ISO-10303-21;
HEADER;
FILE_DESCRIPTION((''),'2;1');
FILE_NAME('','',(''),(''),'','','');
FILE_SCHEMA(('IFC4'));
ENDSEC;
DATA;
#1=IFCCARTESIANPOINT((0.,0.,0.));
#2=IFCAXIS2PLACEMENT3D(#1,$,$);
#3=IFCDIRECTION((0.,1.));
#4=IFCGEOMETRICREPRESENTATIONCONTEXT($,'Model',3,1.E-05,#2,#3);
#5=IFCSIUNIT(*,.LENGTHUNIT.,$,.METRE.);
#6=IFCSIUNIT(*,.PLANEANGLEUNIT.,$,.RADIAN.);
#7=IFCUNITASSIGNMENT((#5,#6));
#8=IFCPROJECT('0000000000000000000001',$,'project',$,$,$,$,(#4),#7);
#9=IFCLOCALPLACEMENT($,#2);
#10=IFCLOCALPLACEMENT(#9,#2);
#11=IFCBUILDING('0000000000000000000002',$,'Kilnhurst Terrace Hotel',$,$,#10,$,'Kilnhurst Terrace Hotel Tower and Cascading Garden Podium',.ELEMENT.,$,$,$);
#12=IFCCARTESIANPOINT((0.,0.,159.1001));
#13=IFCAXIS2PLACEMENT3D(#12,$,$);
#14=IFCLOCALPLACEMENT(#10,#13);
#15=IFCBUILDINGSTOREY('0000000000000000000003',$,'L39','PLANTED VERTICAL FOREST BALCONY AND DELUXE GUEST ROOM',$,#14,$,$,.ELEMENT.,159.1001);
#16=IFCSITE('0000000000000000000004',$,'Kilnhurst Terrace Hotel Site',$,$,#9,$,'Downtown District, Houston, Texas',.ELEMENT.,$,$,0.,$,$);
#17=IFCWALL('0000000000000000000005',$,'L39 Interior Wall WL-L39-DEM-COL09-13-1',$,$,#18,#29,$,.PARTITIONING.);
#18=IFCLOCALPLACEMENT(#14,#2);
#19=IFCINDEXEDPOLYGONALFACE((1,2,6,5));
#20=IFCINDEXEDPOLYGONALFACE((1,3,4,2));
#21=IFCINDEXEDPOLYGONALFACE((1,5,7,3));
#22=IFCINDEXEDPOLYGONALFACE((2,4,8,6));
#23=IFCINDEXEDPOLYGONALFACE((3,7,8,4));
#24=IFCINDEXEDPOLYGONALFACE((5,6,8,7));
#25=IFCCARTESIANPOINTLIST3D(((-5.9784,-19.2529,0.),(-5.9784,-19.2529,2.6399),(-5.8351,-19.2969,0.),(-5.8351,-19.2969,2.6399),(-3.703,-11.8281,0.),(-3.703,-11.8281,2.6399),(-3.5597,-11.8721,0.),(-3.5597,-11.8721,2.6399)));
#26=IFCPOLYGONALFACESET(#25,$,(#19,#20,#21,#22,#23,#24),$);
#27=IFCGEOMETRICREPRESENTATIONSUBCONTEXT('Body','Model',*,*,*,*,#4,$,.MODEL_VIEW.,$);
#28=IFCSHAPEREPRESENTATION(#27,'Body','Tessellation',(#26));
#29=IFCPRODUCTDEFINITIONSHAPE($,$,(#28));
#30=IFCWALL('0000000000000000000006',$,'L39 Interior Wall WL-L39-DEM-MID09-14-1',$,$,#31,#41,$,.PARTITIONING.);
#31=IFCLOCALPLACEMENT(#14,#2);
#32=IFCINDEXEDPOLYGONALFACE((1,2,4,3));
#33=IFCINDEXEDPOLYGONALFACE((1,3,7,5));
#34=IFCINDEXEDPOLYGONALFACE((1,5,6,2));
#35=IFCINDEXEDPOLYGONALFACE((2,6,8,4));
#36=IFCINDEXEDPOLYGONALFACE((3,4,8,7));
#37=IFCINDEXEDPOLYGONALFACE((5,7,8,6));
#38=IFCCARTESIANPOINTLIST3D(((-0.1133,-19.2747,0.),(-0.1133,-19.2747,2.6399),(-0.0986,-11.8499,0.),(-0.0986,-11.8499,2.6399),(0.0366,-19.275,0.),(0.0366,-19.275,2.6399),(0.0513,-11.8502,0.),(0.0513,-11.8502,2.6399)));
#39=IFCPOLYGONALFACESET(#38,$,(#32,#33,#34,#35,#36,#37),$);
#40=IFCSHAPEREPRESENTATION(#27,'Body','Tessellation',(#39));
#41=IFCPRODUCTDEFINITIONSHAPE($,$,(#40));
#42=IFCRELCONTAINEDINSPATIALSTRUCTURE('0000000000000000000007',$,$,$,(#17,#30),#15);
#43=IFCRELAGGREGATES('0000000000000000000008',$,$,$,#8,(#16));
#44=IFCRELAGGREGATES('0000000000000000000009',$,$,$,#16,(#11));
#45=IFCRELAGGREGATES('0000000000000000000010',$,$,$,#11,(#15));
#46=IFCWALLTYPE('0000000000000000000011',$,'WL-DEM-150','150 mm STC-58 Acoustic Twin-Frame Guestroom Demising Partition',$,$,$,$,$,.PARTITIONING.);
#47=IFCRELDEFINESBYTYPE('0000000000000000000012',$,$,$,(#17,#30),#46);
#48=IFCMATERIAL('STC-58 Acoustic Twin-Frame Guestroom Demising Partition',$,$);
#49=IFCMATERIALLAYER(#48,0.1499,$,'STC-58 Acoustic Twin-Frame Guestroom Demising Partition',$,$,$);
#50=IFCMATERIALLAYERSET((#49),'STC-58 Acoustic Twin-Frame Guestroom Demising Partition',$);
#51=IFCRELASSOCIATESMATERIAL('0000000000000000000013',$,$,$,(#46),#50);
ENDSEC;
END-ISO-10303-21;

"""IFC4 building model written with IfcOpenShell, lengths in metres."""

from ifc_helpers import new_model, si_unit, direction, frame, frame_2d, origin, place, context, subcontext, project, spatial, rectangle, extrude, material, layer, layer_set, type_object, element, save


model = new_model("IFC4")

# Units and contexts
model_context = context("Model", 3, precision=1e-05, world=origin(), true_north=direction((0.0, 1.0)))
body_context = subcontext(model_context, "Body", "Model", "MODEL_VIEW")
ifc_project = project(units=[si_unit("LENGTHUNIT", "METRE"), si_unit("PLANEANGLEUNIT", "RADIAN")], contexts=[model_context])

# Site, building, storey
site_placement = place(None, origin())
site = spatial("IfcSite", under=ifc_project, at=site_placement, Name="Kilnhurst Terrace Hotel Site", LongName="Downtown District, Houston, Texas", CompositionType="ELEMENT", RefElevation=0.0)
building_placement = place(site_placement, origin())
building = spatial("IfcBuilding", under=site, at=building_placement, Name="Kilnhurst Terrace Hotel", LongName="Kilnhurst Terrace Hotel Tower and Cascading Garden Podium", CompositionType="ELEMENT")
storey_placement = place(building_placement, frame((0.0, 0.0, 159.1001)))
storey = spatial("IfcBuildingStorey", under=building, at=storey_placement, Name="L39", Description="PLANTED VERTICAL FOREST BALCONY AND DELUXE GUEST ROOM", CompositionType="ELEMENT", Elevation=159.1001)

# Walls
ifc_material_1 = material(Name="STC-58 Acoustic Twin-Frame Guestroom Demising Partition")
ifc_layer_1 = layer(ifc_material_1, 0.1499, Name="STC-58 Acoustic Twin-Frame Guestroom Demising Partition")
ifc_layer_set_1 = layer_set([ifc_layer_1], Name="STC-58 Acoustic Twin-Frame Guestroom Demising Partition")
wall_type_1 = type_object("IfcWallType", Name="WL-DEM-150", Description="150 mm STC-58 Acoustic Twin-Frame Guestroom Demising Partition", PredefinedType="PARTITIONING", material=ifc_layer_set_1)
wall_1_placement = place(storey_placement, frame((-3.6313, -11.8501, 0.0), z_axis=(0.0, 0.0, 1.0), x_axis=(-0.293008, -0.95611, 0.0)))
element("IfcWall", 1, at=wall_1_placement, inside=storey, type_object=wall_type_1, Name="L39 Interior Wall WL-L39-DEM-COL09-13-1", PredefinedType="PARTITIONING", context=body_context, shape_type="SweptSolid", body=[
    extrude(rectangle(XDim=7.7656, YDim=0.1499, at=frame_2d((3.8828, 0.0))), origin(), (0.0, 0.0, 1.0), 2.6399),
])
wall_2_placement = place(storey_placement, frame((-0.0237, -11.8501, 0.0), z_axis=(0.0, 0.0, 1.0), x_axis=(-0.001973, -0.999998, 0.0)))
element("IfcWall", 2, at=wall_2_placement, inside=storey, type_object=wall_type_1, Name="L39 Interior Wall WL-L39-DEM-MID09-14-1", PredefinedType="PARTITIONING", context=body_context, shape_type="SweptSolid", body=[
    extrude(rectangle(XDim=7.4248, YDim=0.1499, at=frame_2d((3.7124, 0.0))), origin(), (0.0, 0.0, 1.0), 2.6399),
])

save(model, "model.ifc")
